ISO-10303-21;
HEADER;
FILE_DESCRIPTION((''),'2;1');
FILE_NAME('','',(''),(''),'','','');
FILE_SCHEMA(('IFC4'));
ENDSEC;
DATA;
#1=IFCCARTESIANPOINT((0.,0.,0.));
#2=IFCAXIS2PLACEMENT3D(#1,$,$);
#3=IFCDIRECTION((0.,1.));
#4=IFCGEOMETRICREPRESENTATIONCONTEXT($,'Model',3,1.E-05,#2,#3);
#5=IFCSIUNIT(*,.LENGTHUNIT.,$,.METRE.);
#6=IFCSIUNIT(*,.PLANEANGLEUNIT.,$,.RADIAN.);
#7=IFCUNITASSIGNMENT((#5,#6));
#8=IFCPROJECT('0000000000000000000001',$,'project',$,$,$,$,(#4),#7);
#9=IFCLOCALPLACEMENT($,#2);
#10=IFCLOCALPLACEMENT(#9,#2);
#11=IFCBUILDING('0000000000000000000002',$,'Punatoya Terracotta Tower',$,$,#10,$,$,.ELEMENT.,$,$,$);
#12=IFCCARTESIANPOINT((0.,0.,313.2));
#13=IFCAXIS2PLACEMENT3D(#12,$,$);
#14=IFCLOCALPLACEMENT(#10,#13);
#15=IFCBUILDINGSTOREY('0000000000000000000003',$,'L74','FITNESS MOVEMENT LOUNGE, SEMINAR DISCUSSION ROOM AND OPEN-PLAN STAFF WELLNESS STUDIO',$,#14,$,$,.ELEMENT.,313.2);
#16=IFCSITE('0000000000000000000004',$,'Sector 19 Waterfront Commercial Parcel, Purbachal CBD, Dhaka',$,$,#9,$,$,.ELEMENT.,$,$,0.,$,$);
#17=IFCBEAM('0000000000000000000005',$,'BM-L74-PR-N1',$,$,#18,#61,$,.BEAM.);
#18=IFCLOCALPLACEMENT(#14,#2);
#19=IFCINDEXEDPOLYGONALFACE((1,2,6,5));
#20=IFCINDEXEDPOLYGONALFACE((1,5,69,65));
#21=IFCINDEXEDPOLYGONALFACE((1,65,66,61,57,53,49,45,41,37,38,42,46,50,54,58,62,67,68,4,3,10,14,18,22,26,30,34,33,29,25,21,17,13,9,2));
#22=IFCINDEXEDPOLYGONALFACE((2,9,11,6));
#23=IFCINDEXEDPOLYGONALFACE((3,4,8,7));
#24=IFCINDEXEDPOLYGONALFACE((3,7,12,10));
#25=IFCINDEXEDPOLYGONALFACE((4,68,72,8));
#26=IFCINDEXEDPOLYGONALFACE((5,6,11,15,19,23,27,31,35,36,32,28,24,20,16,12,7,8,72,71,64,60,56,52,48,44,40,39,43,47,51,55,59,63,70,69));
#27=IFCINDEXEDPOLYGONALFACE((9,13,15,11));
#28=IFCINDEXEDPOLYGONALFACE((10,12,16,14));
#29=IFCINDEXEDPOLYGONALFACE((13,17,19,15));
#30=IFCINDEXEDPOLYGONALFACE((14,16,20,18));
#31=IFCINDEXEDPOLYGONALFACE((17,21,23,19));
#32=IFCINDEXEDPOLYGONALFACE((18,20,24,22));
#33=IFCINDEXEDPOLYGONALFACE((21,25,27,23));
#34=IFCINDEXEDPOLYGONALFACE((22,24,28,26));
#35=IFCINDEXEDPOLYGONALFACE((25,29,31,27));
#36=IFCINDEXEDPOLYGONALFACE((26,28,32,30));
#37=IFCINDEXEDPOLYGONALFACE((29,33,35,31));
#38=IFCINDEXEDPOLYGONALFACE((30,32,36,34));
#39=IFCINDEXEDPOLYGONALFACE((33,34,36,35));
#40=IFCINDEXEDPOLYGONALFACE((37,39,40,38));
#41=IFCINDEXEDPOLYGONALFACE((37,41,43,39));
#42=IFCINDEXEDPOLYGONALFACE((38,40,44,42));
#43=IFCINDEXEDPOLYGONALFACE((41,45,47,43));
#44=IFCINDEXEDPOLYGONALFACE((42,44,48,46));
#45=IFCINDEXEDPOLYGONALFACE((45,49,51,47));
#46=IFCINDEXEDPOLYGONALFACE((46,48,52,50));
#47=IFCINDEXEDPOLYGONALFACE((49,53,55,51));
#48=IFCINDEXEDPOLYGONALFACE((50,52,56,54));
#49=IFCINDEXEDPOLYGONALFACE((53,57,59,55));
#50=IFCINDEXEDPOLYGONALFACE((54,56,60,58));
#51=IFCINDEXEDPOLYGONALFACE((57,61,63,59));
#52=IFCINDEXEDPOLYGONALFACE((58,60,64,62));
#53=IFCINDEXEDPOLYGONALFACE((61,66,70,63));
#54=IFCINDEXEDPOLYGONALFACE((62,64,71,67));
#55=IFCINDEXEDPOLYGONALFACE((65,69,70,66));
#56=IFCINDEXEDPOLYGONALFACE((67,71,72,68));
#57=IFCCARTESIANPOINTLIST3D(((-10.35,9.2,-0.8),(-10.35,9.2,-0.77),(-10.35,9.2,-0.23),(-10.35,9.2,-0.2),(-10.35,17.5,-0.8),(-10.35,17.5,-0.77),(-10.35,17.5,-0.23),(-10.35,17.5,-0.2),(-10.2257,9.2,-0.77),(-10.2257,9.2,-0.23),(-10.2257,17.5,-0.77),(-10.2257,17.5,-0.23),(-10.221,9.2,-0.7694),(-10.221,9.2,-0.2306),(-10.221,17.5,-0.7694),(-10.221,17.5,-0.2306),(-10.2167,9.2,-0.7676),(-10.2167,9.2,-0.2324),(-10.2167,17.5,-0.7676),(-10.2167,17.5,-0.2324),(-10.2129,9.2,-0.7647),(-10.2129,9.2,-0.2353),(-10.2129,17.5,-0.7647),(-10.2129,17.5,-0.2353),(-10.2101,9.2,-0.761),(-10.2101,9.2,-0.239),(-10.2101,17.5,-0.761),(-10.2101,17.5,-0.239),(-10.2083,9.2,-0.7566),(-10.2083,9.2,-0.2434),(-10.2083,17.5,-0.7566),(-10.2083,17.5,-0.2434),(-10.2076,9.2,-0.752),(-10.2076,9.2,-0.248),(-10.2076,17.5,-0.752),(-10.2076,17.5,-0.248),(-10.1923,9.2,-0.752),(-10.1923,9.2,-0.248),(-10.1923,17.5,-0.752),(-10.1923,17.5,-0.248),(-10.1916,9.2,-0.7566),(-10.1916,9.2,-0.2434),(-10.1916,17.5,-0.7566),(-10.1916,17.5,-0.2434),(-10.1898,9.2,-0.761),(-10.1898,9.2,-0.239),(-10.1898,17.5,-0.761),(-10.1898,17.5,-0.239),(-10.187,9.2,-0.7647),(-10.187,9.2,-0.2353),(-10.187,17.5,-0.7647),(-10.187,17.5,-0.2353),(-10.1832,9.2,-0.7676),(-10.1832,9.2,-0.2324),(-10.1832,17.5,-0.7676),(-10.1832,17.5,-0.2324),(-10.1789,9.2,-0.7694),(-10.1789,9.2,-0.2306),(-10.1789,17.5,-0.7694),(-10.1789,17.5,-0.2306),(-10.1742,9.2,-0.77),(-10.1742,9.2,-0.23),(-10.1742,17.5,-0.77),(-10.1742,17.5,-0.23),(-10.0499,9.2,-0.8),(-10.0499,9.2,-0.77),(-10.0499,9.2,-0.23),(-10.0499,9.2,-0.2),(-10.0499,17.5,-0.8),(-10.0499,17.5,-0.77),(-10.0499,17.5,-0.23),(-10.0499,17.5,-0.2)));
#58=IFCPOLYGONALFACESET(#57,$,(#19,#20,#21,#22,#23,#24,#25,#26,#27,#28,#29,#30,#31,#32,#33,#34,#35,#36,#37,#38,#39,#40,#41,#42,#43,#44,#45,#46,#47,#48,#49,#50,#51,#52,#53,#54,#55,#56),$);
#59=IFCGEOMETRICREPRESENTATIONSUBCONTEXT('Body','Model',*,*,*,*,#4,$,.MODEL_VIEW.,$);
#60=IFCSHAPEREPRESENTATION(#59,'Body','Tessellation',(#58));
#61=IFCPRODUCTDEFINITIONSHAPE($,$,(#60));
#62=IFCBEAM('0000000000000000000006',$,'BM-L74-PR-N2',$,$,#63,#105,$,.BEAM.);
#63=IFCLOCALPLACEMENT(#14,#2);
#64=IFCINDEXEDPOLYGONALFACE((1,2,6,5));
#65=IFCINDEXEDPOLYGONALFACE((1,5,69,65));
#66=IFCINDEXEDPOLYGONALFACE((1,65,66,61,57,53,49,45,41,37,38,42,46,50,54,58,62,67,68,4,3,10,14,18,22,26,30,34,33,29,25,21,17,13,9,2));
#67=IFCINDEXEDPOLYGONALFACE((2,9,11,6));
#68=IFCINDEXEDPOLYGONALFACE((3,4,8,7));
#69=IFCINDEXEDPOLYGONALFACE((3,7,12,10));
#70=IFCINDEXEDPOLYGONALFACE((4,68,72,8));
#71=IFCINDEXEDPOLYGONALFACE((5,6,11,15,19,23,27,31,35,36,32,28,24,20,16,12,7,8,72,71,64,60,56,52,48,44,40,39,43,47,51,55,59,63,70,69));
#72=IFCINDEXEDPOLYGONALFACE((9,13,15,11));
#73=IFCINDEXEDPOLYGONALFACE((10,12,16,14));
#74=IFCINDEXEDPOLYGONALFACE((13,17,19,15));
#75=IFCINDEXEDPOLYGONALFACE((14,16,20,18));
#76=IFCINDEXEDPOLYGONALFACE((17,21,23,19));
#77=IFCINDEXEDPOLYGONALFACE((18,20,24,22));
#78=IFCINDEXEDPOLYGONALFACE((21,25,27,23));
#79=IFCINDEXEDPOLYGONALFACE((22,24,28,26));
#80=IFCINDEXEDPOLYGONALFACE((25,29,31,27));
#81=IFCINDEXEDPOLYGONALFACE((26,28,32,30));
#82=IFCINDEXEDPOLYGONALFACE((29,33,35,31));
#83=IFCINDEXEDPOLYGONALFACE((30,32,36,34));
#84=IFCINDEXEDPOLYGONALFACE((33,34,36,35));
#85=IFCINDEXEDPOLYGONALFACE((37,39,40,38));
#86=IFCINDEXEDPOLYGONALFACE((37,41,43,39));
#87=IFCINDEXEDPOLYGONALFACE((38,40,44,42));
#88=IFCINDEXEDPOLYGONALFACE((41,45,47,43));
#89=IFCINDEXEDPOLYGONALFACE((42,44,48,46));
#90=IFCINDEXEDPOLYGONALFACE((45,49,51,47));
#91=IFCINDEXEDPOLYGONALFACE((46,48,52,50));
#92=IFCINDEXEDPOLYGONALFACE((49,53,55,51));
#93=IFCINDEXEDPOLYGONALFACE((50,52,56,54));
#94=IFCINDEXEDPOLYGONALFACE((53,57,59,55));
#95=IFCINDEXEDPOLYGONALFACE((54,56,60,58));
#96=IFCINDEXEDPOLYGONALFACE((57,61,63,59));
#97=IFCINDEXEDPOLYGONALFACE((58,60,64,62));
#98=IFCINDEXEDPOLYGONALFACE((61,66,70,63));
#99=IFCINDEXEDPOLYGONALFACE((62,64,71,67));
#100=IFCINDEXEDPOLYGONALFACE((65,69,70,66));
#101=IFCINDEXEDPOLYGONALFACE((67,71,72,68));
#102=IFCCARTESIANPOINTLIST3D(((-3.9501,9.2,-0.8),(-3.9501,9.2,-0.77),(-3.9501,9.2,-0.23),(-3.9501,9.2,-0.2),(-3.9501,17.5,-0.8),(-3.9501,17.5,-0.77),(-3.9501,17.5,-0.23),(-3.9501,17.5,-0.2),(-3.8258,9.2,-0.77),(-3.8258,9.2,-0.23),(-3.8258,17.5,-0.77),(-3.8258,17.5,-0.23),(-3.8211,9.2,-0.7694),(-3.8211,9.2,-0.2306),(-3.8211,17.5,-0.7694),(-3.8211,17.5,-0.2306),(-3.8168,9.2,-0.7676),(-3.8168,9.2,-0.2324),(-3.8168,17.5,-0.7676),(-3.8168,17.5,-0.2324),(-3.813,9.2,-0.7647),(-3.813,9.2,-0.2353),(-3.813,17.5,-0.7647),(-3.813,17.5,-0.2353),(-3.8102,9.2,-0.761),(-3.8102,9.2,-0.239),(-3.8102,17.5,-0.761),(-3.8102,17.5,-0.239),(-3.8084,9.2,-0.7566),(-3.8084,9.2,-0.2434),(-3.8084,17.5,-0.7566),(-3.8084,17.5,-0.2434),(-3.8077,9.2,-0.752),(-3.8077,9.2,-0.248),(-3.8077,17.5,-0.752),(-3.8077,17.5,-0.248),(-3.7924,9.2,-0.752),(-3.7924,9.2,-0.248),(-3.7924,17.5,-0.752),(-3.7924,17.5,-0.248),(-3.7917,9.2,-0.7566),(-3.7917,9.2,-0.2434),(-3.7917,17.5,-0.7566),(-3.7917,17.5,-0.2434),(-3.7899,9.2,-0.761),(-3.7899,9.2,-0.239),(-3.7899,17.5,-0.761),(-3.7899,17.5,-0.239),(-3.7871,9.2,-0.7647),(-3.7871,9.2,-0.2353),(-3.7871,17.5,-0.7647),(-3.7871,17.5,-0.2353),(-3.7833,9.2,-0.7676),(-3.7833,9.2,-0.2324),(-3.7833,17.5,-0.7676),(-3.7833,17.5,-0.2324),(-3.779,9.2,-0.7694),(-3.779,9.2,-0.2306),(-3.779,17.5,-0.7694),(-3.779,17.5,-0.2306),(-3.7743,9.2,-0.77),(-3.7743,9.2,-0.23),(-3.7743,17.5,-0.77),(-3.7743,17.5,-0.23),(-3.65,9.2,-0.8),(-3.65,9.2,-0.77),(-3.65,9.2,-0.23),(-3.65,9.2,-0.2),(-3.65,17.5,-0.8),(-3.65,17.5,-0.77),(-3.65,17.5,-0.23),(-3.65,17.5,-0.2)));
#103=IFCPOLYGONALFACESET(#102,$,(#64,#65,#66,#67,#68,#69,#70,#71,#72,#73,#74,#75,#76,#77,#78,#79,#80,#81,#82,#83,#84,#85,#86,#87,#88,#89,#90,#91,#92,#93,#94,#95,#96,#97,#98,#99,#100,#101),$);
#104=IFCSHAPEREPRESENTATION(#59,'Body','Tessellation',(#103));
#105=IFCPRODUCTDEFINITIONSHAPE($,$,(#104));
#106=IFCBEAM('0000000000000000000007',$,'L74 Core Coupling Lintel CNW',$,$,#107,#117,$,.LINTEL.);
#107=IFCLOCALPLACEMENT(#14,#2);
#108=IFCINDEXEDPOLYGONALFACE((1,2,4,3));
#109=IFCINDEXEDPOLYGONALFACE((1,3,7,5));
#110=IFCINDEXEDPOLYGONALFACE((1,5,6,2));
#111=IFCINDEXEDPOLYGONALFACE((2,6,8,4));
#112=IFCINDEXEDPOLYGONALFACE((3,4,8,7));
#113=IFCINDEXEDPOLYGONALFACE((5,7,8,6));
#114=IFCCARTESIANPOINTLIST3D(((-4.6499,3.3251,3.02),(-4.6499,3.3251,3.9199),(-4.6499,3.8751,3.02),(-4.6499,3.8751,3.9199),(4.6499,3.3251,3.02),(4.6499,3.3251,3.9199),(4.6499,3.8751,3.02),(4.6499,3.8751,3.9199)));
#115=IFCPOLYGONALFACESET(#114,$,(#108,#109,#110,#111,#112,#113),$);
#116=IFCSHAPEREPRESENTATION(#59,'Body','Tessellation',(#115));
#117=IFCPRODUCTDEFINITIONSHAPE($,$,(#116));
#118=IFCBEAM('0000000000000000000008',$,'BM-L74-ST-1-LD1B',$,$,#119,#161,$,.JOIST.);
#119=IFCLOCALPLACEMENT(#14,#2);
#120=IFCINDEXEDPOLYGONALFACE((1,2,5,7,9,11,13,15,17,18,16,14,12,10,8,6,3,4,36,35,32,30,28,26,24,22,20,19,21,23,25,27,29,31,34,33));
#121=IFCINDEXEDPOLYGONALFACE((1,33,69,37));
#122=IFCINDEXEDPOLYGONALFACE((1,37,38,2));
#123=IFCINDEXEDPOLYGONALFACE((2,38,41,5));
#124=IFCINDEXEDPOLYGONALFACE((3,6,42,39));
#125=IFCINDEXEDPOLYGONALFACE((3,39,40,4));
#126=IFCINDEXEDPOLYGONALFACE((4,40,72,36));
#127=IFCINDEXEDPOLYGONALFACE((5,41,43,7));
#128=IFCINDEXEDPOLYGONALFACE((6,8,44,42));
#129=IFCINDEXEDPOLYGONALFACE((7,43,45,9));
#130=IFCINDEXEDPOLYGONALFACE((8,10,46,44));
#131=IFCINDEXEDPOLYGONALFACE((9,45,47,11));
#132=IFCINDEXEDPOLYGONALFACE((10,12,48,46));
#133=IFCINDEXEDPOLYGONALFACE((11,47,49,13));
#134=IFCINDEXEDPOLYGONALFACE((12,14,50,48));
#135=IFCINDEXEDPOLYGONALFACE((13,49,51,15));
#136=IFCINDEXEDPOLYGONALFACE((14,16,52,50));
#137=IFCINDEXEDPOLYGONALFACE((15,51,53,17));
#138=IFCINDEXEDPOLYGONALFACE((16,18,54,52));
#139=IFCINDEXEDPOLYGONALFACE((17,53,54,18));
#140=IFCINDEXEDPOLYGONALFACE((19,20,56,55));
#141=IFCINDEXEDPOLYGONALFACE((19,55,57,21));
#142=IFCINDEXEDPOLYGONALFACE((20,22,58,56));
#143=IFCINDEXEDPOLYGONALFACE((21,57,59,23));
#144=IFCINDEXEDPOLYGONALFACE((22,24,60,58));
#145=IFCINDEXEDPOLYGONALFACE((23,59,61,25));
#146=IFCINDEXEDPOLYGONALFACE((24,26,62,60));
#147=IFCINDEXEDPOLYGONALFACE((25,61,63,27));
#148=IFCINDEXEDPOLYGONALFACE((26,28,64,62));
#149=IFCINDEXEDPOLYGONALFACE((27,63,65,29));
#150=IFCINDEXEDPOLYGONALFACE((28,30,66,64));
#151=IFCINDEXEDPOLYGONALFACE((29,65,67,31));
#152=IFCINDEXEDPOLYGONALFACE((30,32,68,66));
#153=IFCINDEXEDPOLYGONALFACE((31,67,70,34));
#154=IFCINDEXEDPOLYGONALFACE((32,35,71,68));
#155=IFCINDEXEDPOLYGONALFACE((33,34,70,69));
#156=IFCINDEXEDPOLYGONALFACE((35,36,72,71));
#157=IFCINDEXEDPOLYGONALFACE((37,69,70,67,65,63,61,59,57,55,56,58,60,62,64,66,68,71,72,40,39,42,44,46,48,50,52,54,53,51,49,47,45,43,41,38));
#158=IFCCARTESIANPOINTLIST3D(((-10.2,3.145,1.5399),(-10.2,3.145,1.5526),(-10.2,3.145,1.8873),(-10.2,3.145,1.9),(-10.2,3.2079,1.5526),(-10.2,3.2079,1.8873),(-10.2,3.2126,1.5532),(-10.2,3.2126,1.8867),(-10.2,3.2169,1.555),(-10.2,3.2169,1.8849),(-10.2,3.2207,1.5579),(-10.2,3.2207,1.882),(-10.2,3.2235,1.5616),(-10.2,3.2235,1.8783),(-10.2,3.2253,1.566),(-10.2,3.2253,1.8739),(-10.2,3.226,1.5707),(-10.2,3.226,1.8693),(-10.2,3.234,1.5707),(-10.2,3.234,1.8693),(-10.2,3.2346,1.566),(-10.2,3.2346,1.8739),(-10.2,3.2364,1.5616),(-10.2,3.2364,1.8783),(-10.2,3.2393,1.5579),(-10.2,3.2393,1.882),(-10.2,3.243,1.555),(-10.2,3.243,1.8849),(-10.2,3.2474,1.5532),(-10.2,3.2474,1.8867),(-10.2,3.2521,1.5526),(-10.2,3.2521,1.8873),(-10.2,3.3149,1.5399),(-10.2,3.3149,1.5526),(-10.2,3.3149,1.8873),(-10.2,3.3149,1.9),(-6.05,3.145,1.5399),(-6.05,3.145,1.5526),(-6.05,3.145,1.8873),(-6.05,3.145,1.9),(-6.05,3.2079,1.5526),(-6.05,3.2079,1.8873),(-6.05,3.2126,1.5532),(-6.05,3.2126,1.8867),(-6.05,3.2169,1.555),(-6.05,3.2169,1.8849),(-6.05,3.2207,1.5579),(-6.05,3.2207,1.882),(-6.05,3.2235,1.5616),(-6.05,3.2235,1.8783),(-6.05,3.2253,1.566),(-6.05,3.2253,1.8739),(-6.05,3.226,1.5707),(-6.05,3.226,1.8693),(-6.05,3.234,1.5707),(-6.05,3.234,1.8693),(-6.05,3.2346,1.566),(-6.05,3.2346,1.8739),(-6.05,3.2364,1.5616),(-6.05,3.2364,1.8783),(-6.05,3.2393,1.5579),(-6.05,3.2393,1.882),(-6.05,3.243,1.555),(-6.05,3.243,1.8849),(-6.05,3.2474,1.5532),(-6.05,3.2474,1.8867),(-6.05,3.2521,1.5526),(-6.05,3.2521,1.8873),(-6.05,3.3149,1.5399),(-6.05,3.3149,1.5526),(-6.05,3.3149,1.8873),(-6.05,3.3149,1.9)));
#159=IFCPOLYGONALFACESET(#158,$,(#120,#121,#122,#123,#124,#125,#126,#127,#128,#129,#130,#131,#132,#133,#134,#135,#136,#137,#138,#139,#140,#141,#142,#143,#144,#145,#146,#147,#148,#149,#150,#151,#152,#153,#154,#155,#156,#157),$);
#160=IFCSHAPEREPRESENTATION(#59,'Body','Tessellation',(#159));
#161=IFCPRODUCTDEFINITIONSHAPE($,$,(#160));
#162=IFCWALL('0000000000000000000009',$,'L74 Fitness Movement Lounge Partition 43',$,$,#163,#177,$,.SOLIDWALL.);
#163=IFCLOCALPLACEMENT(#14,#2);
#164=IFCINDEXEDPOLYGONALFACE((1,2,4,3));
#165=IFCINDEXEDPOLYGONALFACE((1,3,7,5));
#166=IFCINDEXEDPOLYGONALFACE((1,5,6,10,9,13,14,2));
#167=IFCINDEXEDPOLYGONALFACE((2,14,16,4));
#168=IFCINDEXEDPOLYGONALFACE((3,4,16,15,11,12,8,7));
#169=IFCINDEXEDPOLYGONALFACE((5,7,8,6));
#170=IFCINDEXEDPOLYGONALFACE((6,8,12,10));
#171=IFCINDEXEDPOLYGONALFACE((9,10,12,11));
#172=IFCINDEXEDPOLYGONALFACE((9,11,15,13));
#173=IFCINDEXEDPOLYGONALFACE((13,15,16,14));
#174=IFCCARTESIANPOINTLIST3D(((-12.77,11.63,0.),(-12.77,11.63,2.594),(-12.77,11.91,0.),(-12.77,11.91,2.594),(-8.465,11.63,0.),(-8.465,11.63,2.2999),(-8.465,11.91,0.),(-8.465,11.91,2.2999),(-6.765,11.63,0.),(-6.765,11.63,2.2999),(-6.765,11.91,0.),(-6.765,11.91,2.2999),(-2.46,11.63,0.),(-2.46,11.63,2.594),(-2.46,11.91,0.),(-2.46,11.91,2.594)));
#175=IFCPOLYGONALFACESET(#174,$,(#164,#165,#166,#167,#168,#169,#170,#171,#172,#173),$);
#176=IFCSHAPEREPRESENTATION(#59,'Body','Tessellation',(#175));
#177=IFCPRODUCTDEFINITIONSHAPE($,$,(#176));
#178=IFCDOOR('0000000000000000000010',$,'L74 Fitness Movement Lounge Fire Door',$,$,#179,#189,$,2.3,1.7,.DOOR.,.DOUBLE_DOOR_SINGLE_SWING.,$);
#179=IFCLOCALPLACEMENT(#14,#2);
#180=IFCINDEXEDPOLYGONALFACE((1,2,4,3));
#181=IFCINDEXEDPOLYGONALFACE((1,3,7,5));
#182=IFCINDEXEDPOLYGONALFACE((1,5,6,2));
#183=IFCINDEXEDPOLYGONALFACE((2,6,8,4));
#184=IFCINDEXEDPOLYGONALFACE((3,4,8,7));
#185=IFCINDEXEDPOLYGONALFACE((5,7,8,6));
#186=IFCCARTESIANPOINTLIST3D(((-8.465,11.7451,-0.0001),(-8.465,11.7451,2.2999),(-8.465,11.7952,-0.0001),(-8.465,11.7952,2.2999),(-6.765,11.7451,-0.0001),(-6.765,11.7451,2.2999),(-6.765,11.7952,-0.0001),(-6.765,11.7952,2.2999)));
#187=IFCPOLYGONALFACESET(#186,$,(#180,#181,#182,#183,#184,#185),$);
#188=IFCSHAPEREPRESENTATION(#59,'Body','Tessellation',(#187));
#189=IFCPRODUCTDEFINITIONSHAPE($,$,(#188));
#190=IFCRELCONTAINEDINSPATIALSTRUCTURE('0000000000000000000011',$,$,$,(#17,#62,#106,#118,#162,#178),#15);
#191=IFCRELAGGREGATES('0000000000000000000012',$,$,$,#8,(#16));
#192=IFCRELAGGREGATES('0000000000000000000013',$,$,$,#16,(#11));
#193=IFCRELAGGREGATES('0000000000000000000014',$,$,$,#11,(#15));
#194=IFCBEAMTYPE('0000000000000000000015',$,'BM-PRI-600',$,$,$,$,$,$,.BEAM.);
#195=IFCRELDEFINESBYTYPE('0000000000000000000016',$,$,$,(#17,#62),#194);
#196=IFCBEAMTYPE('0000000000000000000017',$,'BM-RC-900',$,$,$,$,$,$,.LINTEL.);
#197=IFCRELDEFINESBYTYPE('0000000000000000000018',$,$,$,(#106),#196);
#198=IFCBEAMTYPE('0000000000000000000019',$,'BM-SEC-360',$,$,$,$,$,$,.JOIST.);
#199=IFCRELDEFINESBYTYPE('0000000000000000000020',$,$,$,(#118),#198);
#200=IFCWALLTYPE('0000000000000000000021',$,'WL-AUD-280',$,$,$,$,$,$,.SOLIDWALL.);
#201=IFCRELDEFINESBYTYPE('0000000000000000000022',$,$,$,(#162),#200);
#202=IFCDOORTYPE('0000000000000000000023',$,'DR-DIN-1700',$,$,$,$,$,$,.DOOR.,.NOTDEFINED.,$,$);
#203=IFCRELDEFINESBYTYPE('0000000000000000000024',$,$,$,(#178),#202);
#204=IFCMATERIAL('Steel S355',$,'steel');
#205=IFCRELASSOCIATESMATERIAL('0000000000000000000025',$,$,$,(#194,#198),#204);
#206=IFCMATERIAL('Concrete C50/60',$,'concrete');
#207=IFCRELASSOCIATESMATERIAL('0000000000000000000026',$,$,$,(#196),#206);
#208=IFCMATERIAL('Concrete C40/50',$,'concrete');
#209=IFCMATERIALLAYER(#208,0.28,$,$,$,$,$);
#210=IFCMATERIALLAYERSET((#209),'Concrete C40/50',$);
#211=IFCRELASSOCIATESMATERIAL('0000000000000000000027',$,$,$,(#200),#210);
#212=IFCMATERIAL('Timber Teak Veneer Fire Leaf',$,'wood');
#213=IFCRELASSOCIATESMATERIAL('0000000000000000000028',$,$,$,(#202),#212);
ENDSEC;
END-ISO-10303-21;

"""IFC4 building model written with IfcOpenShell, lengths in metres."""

from ifc_helpers import new_model, si_unit, direction, frame, frame_2d, origin, origin_2d, place, context, subcontext, project, spatial, rectangle, i_section, extrude, material, layer, layer_set, material_profile, profile_set, type_object, element, fill, save


model = new_model("IFC4")

# Units and contexts
model_context = context("Model", 3, precision=1e-05, world=origin(), true_north=direction((0.0, 1.0)))
body_context = subcontext(model_context, "Body", "Model", "MODEL_VIEW")
ifc_project = project(units=[si_unit("LENGTHUNIT", "METRE"), si_unit("PLANEANGLEUNIT", "RADIAN")], contexts=[model_context])

# Site, building, storey
site_placement = place(None, origin())
site = spatial("IfcSite", under=ifc_project, at=site_placement, Name="Sector 19 Waterfront Commercial Parcel, Purbachal CBD, Dhaka", CompositionType="ELEMENT", RefElevation=0.0)
building_placement = place(site_placement, origin())
building = spatial("IfcBuilding", under=site, at=building_placement, Name="Punatoya Terracotta Tower", CompositionType="ELEMENT")
storey_placement = place(building_placement, frame((0.0, 0.0, 313.2)))
storey = spatial("IfcBuildingStorey", under=building, at=storey_placement, Name="L74", Description="FITNESS MOVEMENT LOUNGE, SEMINAR DISCUSSION ROOM AND OPEN-PLAN STAFF WELLNESS STUDIO", CompositionType="ELEMENT", Elevation=313.2)

# Beams
ifc_material_1 = material(Name="Steel S355", Category="steel")
ifc_material_profile_1 = material_profile(ifc_material_1, i_section(OverallWidth=0.3, OverallDepth=0.6001, WebThickness=0.0154, FlangeThickness=0.03, FilletRadius=0.0181, at=origin_2d()))
ifc_profile_set_1 = profile_set([ifc_material_profile_1], Name="Steel S355")
beam_type_1 = type_object("IfcBeamType", Name="BM-PRI-600", PredefinedType="BEAM", material=ifc_profile_set_1)
for number, where, z_axis, x_axis, name in (
    (1, (-10.2, 9.2, -0.5), (0.0, 1.0, 0.0), (-1.0, 0.0, 0.0), "BM-L74-PR-N1"),
    (2, (-3.8, 9.2, -0.5), (0.0, 1.0, 0.0), (-1.0, 0.0, 0.0), "BM-L74-PR-N2"),
):
    element("IfcBeam", number, at=place(storey_placement, frame(where, z_axis=z_axis, x_axis=x_axis)), inside=storey, type_object=beam_type_1, Name=name, PredefinedType="BEAM", context=body_context, shape_type="SweptSolid", body=[
        extrude(i_section(OverallWidth=0.3, OverallDepth=0.6001, WebThickness=0.0154, FlangeThickness=0.03, FilletRadius=0.0181, at=origin_2d()), origin(), (0.0, 0.0, 1.0), 8.3),
    ])
ifc_material_2 = material(Name="Concrete C50/60", Category="concrete")
ifc_material_profile_2 = material_profile(ifc_material_2, rectangle(XDim=0.55, YDim=0.8999, at=origin_2d()))
ifc_profile_set_2 = profile_set([ifc_material_profile_2], Name="Concrete C50/60")
beam_type_2 = type_object("IfcBeamType", Name="BM-RC-900", PredefinedType="LINTEL", material=ifc_profile_set_2)
beam_1_placement = place(storey_placement, frame((-4.6499, 3.6001, 3.47), z_axis=(1.0, 0.0, 0.0), x_axis=(0.0, 1.0, 0.0)))
element("IfcBeam", 3, at=beam_1_placement, inside=storey, type_object=beam_type_2, Name="L74 Core Coupling Lintel CNW", PredefinedType="LINTEL", context=body_context, shape_type="SweptSolid", body=[
    extrude(rectangle(XDim=0.55, YDim=0.8999, at=origin_2d()), origin(), (0.0, 0.0, 1.0), 9.2998),
])
ifc_material_profile_3 = material_profile(ifc_material_1, i_section(OverallWidth=0.1699, OverallDepth=0.3601, WebThickness=0.0081, FlangeThickness=0.0127, FilletRadius=0.0181, at=origin_2d()))
ifc_profile_set_3 = profile_set([ifc_material_profile_3], Name="Steel S355")
beam_type_3 = type_object("IfcBeamType", Name="BM-SEC-360", PredefinedType="JOIST", material=ifc_profile_set_3)
beam_2_placement = place(storey_placement, frame((-10.2, 3.23, 1.72), z_axis=(1.0, 0.0, 0.0), x_axis=(0.0, 1.0, 0.0)))
element("IfcBeam", 4, at=beam_2_placement, inside=storey, type_object=beam_type_3, Name="BM-L74-ST-1-LD1B", PredefinedType="JOIST", context=body_context, shape_type="SweptSolid", body=[
    extrude(i_section(OverallWidth=0.1699, OverallDepth=0.3601, WebThickness=0.0081, FlangeThickness=0.0127, FilletRadius=0.0181, at=origin_2d()), origin(), (0.0, 0.0, 1.0), 4.1499),
])

# Wall, opening, door
ifc_material_3 = material(Name="Concrete C40/50", Category="concrete")
ifc_layer_1 = layer(ifc_material_3, 0.28)
ifc_layer_set_1 = layer_set([ifc_layer_1], Name="Concrete C40/50")
wall_type_1 = type_object("IfcWallType", Name="WL-AUD-280", PredefinedType="SOLIDWALL", material=ifc_layer_set_1)
wall_1_placement = place(storey_placement, frame((-2.46, 11.77, 0.0), z_axis=(0.0, 0.0, 1.0), x_axis=(-1.0, 0.0, 0.0)))
wall_1 = element("IfcWall", 5, at=wall_1_placement, inside=storey, type_object=wall_type_1, Name="L74 Fitness Movement Lounge Partition 43", PredefinedType="SOLIDWALL", context=body_context, shape_type="SweptSolid", body=[
    extrude(rectangle(XDim=10.3101, YDim=0.28, at=frame_2d((5.155, 0.0))), origin(), (0.0, 0.0, 1.0), 2.594),
])
opening_1_placement = place(wall_1_placement, frame((4.3049, 0.0, 0.0)))
opening_1 = element("IfcOpeningElement", 6, at=opening_1_placement, cuts=wall_1, PredefinedType="OPENING", context=body_context, shape_type="SweptSolid", body=[
    extrude(rectangle(XDim=1.7, YDim=2.3, at=frame_2d((0.8501, 1.1499))), frame((0.0, 0.1499, 0.0), z_axis=(0.0, -1.0, 0.0), x_axis=(1.0, 0.0, 0.0)), (0.0, 0.0, 1.0), 0.3),
])
ifc_material_4 = material(Name="Timber Teak Veneer Fire Leaf", Category="wood")
door_type_1 = type_object("IfcDoorType", Name="DR-DIN-1700", OperationType="NOTDEFINED", PredefinedType="DOOR", material=ifc_material_4)
door_1_placement = place(opening_1_placement, origin())
door_1 = element("IfcDoor", 7, at=door_1_placement, inside=storey, type_object=door_type_1, Name="L74 Fitness Movement Lounge Fire Door", OperationType="DOUBLE_DOOR_SINGLE_SWING", OverallHeight=2.3, OverallWidth=1.7, PredefinedType="DOOR", context=body_context, shape_type="SweptSolid", body=[
    extrude(rectangle(XDim=1.7, YDim=2.3, at=frame_2d((0.8501, 1.1499))), frame((0.0, 0.0249, 0.0), z_axis=(0.0, -1.0, 0.0), x_axis=(1.0, 0.0, 0.0)), (0.0, 0.0, 1.0), 0.05),
])
fill(opening_1, door_1)

save(model, "model.ifc")
